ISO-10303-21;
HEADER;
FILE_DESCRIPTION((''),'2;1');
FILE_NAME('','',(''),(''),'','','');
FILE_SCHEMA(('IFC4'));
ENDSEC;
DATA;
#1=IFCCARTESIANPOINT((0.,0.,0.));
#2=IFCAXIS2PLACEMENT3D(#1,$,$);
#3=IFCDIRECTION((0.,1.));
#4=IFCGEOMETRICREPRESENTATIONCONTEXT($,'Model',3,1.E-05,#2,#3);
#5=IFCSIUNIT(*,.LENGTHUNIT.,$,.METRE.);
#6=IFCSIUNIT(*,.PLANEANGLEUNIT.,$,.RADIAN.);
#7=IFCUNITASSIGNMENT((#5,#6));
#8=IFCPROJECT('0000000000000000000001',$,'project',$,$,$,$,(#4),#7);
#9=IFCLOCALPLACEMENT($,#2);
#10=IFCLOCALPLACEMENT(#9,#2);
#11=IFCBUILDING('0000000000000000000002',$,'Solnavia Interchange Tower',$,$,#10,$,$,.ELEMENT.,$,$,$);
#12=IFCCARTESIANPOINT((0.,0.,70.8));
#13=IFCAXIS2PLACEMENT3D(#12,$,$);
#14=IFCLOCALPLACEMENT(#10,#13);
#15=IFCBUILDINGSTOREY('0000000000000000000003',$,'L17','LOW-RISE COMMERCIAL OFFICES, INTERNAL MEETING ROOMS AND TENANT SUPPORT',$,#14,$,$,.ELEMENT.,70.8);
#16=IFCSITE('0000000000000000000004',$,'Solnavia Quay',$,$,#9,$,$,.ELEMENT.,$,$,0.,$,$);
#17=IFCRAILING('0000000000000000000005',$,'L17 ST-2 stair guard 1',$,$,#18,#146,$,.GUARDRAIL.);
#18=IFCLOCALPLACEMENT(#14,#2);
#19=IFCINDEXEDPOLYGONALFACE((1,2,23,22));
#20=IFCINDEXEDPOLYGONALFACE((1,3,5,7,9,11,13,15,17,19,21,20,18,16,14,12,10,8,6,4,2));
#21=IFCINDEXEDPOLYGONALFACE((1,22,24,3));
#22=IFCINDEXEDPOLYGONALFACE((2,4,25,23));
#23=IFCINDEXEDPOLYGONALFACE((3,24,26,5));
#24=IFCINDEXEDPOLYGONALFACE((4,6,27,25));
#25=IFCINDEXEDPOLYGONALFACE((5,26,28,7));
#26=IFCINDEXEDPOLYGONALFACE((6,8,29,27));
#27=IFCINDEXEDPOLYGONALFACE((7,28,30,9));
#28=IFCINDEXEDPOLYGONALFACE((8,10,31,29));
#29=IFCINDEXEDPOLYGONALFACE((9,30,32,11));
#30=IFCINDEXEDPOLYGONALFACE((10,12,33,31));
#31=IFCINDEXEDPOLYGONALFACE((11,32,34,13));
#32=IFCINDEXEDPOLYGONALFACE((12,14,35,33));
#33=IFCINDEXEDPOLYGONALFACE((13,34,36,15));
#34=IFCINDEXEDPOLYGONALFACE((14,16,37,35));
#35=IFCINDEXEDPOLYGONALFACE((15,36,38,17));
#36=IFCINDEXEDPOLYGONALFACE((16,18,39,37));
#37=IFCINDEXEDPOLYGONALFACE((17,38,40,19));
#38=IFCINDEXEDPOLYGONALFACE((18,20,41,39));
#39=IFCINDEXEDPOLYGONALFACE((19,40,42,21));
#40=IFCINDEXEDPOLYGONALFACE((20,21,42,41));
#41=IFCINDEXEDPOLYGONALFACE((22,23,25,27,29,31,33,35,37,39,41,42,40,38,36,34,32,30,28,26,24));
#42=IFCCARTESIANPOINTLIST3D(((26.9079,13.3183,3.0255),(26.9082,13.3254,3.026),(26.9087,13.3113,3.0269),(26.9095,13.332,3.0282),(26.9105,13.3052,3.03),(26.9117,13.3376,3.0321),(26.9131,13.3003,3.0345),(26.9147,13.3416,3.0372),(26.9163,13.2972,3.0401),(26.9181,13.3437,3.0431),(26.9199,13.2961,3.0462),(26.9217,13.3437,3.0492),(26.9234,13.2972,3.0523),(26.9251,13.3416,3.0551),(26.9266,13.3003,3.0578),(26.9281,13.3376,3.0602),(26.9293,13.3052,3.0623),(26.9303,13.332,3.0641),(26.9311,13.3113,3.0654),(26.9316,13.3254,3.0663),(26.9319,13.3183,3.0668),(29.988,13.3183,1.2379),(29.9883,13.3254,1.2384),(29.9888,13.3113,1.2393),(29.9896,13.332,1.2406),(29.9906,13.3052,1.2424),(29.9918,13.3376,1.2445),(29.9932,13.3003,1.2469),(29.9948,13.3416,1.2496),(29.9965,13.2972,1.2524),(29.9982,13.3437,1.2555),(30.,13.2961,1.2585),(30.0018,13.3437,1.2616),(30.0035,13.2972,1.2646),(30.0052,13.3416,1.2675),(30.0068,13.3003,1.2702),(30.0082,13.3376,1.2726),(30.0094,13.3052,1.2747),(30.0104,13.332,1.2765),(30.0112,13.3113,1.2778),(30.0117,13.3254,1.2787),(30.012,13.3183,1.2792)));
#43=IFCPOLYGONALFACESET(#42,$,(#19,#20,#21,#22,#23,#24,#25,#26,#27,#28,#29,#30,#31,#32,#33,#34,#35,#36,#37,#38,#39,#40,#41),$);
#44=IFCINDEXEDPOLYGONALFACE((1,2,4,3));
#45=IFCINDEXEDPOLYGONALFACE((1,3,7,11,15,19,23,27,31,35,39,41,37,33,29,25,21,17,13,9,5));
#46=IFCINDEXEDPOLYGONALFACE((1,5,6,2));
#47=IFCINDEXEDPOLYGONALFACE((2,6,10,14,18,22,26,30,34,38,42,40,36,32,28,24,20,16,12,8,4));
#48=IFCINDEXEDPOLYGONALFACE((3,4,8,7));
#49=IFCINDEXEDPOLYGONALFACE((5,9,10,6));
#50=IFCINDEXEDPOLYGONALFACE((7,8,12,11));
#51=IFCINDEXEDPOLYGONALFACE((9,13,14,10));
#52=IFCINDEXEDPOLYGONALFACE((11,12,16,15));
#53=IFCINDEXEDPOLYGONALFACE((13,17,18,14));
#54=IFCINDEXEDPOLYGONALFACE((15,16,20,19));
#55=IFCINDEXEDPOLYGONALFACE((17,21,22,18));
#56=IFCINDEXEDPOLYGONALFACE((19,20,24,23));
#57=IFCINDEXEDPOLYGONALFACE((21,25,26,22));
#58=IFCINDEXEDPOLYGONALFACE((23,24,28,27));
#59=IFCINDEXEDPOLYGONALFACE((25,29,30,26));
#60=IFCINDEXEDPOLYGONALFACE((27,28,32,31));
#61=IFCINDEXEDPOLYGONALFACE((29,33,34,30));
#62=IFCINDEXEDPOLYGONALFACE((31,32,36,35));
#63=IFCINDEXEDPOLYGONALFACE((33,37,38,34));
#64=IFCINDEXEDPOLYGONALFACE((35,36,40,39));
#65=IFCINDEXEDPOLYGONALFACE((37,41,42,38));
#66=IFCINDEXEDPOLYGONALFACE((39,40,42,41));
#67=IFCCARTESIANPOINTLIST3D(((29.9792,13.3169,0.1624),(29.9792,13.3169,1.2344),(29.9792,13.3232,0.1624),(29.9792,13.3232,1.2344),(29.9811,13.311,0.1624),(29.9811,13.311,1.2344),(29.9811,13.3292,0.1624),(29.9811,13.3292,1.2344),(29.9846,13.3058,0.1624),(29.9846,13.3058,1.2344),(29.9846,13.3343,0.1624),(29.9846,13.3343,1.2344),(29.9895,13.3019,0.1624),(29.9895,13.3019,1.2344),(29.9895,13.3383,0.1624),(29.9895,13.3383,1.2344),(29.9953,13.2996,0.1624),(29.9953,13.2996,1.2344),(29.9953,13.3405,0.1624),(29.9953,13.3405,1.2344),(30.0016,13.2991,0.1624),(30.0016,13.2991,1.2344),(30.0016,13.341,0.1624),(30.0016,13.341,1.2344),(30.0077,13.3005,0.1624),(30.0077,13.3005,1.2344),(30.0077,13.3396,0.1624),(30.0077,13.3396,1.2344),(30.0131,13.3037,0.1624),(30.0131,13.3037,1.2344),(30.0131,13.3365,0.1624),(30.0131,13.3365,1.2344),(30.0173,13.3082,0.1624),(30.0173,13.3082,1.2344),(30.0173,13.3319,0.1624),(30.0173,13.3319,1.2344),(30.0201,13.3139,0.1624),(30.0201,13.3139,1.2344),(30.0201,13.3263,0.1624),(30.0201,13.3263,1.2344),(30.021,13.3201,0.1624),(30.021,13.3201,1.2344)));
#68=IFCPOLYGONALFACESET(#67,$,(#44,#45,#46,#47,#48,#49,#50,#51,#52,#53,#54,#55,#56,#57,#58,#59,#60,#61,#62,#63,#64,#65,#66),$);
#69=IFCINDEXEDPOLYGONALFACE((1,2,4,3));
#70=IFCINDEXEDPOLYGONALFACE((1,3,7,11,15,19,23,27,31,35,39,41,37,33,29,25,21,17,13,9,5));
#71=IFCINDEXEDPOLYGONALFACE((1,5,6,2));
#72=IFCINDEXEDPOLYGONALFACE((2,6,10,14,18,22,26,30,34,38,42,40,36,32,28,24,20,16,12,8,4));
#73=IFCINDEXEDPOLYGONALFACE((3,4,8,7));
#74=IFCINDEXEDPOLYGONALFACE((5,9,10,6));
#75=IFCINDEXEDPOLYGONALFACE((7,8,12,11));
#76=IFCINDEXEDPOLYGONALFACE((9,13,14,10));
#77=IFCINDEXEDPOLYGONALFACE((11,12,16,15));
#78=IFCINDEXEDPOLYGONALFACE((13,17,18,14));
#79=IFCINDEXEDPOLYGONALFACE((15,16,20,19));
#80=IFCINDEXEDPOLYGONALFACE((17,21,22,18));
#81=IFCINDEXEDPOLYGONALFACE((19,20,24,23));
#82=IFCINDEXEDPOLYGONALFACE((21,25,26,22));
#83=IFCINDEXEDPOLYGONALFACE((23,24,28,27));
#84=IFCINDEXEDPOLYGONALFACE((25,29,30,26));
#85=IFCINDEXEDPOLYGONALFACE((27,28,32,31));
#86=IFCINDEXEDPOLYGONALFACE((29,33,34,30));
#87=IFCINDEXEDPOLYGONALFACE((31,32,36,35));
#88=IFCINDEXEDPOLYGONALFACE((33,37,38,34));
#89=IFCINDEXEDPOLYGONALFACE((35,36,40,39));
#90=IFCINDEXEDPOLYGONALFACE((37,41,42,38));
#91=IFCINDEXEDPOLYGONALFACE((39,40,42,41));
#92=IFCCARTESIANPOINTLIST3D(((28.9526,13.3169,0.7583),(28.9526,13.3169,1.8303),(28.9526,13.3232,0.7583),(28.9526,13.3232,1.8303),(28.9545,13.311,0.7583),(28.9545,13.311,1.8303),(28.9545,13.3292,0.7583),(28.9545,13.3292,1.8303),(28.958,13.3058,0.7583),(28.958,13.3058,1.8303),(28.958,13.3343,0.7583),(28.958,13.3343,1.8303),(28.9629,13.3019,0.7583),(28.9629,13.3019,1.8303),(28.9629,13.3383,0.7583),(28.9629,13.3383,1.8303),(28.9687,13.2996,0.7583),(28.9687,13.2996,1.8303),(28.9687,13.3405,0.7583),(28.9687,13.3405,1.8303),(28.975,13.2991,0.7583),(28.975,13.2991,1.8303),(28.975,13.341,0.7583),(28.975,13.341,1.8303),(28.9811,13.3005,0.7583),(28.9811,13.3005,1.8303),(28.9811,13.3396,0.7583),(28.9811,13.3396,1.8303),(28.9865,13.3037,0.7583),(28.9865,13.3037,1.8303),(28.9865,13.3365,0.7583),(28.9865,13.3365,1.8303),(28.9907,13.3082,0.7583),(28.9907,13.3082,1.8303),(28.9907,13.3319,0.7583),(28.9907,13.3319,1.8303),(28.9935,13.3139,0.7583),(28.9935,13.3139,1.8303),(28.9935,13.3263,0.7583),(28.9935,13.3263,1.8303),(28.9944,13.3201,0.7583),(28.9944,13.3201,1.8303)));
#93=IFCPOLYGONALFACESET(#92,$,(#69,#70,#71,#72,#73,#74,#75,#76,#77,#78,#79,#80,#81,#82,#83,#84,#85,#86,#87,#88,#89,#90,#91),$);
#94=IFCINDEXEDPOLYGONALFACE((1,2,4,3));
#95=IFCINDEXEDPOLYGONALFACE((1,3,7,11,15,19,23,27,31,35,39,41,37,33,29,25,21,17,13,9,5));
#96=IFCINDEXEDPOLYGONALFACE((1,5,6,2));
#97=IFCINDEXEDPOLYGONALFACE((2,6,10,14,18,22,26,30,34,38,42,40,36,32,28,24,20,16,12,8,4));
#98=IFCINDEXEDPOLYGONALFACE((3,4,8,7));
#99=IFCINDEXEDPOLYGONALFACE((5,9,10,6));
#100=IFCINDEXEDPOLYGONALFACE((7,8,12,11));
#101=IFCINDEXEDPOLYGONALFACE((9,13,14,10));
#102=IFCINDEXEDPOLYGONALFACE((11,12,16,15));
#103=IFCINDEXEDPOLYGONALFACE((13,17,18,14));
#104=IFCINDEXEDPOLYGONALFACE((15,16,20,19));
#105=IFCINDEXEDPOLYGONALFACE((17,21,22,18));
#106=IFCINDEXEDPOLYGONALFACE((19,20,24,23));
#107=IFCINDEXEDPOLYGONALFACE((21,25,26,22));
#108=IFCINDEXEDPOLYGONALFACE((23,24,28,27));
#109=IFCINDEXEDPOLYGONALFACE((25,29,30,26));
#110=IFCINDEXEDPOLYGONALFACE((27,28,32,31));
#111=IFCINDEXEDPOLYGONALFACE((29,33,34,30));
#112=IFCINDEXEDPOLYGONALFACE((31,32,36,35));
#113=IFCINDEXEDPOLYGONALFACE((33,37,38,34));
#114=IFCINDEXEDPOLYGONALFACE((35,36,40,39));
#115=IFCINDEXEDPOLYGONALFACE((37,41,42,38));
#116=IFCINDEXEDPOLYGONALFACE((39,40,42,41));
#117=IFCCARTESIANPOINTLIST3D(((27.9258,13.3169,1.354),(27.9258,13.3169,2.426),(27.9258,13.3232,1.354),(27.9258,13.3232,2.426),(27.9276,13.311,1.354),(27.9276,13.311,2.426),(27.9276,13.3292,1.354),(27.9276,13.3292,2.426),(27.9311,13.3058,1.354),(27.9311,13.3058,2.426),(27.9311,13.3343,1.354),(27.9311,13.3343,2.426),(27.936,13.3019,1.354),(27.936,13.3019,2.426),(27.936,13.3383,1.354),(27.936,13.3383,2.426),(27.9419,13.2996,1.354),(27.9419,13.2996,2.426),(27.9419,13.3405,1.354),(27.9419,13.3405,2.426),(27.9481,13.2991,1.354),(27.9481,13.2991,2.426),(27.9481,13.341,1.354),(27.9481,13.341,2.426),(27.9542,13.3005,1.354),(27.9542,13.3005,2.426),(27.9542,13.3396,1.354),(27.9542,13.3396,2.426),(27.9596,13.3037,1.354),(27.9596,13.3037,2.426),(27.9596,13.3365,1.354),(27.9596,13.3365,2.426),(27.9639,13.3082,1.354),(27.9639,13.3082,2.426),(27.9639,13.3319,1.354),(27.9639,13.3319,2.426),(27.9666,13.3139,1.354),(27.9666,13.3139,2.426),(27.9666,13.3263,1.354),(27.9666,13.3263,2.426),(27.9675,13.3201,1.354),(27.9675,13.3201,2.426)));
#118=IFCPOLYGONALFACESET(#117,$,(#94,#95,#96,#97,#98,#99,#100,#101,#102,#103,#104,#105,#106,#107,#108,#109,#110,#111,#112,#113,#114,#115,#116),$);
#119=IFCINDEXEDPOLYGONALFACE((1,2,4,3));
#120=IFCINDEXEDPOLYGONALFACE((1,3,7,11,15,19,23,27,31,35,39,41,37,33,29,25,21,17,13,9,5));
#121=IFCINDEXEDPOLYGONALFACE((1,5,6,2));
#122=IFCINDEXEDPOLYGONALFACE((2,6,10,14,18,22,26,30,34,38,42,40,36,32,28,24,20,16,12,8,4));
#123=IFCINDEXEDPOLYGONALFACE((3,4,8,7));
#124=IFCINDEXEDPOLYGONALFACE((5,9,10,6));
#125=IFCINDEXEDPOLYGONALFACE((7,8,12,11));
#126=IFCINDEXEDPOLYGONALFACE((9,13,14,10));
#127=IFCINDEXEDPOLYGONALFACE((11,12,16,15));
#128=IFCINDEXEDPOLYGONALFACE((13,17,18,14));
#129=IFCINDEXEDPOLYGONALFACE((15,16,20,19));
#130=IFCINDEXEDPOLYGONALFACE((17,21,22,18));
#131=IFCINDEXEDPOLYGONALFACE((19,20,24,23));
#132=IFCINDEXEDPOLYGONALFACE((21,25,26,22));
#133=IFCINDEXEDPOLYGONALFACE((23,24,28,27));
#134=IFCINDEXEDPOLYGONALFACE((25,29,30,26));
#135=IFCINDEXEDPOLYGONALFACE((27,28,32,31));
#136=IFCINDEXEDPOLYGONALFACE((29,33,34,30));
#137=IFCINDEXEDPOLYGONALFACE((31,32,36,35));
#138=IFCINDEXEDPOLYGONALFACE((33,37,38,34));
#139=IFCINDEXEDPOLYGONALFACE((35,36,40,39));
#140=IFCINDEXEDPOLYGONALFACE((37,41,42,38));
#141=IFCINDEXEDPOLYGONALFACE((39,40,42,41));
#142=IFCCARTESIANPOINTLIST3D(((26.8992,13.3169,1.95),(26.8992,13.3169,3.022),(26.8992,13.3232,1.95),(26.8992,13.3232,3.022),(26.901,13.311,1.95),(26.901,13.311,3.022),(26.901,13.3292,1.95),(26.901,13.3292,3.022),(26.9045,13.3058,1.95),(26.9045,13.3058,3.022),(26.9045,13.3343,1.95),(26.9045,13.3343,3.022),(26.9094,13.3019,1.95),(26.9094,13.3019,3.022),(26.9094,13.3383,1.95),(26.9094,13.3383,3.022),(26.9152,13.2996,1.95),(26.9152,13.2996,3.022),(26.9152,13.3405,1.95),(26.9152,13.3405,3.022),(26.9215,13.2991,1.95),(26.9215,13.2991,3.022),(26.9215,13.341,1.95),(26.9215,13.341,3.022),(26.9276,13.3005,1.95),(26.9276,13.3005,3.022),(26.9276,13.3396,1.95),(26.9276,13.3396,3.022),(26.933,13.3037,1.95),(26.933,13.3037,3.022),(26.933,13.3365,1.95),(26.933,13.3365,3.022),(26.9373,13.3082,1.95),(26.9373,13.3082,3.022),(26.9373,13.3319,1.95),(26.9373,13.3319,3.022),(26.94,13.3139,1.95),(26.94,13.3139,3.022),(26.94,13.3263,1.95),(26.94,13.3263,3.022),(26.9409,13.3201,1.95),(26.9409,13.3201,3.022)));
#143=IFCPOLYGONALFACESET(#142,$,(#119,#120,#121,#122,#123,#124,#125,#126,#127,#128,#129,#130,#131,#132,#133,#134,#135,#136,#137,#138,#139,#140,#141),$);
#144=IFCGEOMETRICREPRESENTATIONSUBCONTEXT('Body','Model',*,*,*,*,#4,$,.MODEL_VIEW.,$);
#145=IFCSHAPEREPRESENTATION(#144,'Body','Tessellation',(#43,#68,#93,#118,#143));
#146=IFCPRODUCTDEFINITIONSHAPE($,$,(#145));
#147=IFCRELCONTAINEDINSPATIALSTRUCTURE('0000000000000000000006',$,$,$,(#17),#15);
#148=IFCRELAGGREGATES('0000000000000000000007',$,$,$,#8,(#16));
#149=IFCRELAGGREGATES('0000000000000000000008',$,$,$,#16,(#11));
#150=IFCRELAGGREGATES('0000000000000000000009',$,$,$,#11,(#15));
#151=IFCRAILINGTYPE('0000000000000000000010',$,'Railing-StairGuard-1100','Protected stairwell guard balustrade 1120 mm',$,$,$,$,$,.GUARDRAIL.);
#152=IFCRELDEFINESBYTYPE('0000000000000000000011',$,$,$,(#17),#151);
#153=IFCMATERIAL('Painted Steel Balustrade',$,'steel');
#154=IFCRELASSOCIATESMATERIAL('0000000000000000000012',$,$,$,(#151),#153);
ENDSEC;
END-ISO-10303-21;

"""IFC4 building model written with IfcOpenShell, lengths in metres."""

from ifc_helpers import new_model, si_unit, direction, frame, origin, origin_2d, place, context, subcontext, project, spatial, circle, extrude, material, type_object, element, save


model = new_model("IFC4")

# Units and contexts
model_context = context("Model", 3, precision=1e-05, world=origin(), true_north=direction((0.0, 1.0)))
body_context = subcontext(model_context, "Body", "Model", "MODEL_VIEW")
ifc_project = project(units=[si_unit("LENGTHUNIT", "METRE"), si_unit("PLANEANGLEUNIT", "RADIAN")], contexts=[model_context])

# Site, building, storey
site_placement = place(None, origin())
site = spatial("IfcSite", under=ifc_project, at=site_placement, Name="Solnavia Quay", CompositionType="ELEMENT", RefElevation=0.0)
building_placement = place(site_placement, origin())
building = spatial("IfcBuilding", under=site, at=building_placement, Name="Solnavia Interchange Tower", CompositionType="ELEMENT")
storey_placement = place(building_placement, frame((0.0, 0.0, 70.8)))
storey = spatial("IfcBuildingStorey", under=building, at=storey_placement, Name="L17", Description="LOW-RISE COMMERCIAL OFFICES, INTERNAL MEETING ROOMS AND TENANT SUPPORT", CompositionType="ELEMENT", Elevation=70.8)

# Railing
ifc_material_1 = material(Name="Painted Steel Balustrade", Category="steel")
railing_type_1 = type_object("IfcRailingType", Name="Railing-StairGuard-1100", Description="Protected stairwell guard balustrade 1120 mm", PredefinedType="GUARDRAIL", material=ifc_material_1)
railing_1_placement = place(storey_placement, frame((30.0, 13.3201, 0.1624)))
element("IfcRailing", 1, at=railing_1_placement, inside=storey, type_object=railing_type_1, Name="L17 ST-2 stair guard 1", PredefinedType="GUARDRAIL", context=body_context, shape_type="SweptSolid", body=[
    extrude(circle(Radius=0.0239, at=origin_2d()), frame((0.0, 0.0, 1.0962), z_axis=(-0.864891, 0.0, 0.50196), x_axis=(0.0, -1.0, 0.0)), (0.0, 0.0, 1.0), 3.5613),
    extrude(circle(Radius=0.021, at=origin_2d()), origin(), (0.0, 0.0, 1.0), 1.072),
    extrude(circle(Radius=0.021, at=origin_2d()), frame((-1.0266, 0.0, 0.5959)), (0.0, 0.0, 1.0), 1.072),
    extrude(circle(Radius=0.021, at=origin_2d()), frame((-2.0535, 0.0, 1.1917)), (0.0, 0.0, 1.0), 1.072),
    extrude(circle(Radius=0.021, at=origin_2d()), frame((-3.0801, 0.0, 1.7876)), (0.0, 0.0, 1.0), 1.072),
])

save(model, "model.ifc")
